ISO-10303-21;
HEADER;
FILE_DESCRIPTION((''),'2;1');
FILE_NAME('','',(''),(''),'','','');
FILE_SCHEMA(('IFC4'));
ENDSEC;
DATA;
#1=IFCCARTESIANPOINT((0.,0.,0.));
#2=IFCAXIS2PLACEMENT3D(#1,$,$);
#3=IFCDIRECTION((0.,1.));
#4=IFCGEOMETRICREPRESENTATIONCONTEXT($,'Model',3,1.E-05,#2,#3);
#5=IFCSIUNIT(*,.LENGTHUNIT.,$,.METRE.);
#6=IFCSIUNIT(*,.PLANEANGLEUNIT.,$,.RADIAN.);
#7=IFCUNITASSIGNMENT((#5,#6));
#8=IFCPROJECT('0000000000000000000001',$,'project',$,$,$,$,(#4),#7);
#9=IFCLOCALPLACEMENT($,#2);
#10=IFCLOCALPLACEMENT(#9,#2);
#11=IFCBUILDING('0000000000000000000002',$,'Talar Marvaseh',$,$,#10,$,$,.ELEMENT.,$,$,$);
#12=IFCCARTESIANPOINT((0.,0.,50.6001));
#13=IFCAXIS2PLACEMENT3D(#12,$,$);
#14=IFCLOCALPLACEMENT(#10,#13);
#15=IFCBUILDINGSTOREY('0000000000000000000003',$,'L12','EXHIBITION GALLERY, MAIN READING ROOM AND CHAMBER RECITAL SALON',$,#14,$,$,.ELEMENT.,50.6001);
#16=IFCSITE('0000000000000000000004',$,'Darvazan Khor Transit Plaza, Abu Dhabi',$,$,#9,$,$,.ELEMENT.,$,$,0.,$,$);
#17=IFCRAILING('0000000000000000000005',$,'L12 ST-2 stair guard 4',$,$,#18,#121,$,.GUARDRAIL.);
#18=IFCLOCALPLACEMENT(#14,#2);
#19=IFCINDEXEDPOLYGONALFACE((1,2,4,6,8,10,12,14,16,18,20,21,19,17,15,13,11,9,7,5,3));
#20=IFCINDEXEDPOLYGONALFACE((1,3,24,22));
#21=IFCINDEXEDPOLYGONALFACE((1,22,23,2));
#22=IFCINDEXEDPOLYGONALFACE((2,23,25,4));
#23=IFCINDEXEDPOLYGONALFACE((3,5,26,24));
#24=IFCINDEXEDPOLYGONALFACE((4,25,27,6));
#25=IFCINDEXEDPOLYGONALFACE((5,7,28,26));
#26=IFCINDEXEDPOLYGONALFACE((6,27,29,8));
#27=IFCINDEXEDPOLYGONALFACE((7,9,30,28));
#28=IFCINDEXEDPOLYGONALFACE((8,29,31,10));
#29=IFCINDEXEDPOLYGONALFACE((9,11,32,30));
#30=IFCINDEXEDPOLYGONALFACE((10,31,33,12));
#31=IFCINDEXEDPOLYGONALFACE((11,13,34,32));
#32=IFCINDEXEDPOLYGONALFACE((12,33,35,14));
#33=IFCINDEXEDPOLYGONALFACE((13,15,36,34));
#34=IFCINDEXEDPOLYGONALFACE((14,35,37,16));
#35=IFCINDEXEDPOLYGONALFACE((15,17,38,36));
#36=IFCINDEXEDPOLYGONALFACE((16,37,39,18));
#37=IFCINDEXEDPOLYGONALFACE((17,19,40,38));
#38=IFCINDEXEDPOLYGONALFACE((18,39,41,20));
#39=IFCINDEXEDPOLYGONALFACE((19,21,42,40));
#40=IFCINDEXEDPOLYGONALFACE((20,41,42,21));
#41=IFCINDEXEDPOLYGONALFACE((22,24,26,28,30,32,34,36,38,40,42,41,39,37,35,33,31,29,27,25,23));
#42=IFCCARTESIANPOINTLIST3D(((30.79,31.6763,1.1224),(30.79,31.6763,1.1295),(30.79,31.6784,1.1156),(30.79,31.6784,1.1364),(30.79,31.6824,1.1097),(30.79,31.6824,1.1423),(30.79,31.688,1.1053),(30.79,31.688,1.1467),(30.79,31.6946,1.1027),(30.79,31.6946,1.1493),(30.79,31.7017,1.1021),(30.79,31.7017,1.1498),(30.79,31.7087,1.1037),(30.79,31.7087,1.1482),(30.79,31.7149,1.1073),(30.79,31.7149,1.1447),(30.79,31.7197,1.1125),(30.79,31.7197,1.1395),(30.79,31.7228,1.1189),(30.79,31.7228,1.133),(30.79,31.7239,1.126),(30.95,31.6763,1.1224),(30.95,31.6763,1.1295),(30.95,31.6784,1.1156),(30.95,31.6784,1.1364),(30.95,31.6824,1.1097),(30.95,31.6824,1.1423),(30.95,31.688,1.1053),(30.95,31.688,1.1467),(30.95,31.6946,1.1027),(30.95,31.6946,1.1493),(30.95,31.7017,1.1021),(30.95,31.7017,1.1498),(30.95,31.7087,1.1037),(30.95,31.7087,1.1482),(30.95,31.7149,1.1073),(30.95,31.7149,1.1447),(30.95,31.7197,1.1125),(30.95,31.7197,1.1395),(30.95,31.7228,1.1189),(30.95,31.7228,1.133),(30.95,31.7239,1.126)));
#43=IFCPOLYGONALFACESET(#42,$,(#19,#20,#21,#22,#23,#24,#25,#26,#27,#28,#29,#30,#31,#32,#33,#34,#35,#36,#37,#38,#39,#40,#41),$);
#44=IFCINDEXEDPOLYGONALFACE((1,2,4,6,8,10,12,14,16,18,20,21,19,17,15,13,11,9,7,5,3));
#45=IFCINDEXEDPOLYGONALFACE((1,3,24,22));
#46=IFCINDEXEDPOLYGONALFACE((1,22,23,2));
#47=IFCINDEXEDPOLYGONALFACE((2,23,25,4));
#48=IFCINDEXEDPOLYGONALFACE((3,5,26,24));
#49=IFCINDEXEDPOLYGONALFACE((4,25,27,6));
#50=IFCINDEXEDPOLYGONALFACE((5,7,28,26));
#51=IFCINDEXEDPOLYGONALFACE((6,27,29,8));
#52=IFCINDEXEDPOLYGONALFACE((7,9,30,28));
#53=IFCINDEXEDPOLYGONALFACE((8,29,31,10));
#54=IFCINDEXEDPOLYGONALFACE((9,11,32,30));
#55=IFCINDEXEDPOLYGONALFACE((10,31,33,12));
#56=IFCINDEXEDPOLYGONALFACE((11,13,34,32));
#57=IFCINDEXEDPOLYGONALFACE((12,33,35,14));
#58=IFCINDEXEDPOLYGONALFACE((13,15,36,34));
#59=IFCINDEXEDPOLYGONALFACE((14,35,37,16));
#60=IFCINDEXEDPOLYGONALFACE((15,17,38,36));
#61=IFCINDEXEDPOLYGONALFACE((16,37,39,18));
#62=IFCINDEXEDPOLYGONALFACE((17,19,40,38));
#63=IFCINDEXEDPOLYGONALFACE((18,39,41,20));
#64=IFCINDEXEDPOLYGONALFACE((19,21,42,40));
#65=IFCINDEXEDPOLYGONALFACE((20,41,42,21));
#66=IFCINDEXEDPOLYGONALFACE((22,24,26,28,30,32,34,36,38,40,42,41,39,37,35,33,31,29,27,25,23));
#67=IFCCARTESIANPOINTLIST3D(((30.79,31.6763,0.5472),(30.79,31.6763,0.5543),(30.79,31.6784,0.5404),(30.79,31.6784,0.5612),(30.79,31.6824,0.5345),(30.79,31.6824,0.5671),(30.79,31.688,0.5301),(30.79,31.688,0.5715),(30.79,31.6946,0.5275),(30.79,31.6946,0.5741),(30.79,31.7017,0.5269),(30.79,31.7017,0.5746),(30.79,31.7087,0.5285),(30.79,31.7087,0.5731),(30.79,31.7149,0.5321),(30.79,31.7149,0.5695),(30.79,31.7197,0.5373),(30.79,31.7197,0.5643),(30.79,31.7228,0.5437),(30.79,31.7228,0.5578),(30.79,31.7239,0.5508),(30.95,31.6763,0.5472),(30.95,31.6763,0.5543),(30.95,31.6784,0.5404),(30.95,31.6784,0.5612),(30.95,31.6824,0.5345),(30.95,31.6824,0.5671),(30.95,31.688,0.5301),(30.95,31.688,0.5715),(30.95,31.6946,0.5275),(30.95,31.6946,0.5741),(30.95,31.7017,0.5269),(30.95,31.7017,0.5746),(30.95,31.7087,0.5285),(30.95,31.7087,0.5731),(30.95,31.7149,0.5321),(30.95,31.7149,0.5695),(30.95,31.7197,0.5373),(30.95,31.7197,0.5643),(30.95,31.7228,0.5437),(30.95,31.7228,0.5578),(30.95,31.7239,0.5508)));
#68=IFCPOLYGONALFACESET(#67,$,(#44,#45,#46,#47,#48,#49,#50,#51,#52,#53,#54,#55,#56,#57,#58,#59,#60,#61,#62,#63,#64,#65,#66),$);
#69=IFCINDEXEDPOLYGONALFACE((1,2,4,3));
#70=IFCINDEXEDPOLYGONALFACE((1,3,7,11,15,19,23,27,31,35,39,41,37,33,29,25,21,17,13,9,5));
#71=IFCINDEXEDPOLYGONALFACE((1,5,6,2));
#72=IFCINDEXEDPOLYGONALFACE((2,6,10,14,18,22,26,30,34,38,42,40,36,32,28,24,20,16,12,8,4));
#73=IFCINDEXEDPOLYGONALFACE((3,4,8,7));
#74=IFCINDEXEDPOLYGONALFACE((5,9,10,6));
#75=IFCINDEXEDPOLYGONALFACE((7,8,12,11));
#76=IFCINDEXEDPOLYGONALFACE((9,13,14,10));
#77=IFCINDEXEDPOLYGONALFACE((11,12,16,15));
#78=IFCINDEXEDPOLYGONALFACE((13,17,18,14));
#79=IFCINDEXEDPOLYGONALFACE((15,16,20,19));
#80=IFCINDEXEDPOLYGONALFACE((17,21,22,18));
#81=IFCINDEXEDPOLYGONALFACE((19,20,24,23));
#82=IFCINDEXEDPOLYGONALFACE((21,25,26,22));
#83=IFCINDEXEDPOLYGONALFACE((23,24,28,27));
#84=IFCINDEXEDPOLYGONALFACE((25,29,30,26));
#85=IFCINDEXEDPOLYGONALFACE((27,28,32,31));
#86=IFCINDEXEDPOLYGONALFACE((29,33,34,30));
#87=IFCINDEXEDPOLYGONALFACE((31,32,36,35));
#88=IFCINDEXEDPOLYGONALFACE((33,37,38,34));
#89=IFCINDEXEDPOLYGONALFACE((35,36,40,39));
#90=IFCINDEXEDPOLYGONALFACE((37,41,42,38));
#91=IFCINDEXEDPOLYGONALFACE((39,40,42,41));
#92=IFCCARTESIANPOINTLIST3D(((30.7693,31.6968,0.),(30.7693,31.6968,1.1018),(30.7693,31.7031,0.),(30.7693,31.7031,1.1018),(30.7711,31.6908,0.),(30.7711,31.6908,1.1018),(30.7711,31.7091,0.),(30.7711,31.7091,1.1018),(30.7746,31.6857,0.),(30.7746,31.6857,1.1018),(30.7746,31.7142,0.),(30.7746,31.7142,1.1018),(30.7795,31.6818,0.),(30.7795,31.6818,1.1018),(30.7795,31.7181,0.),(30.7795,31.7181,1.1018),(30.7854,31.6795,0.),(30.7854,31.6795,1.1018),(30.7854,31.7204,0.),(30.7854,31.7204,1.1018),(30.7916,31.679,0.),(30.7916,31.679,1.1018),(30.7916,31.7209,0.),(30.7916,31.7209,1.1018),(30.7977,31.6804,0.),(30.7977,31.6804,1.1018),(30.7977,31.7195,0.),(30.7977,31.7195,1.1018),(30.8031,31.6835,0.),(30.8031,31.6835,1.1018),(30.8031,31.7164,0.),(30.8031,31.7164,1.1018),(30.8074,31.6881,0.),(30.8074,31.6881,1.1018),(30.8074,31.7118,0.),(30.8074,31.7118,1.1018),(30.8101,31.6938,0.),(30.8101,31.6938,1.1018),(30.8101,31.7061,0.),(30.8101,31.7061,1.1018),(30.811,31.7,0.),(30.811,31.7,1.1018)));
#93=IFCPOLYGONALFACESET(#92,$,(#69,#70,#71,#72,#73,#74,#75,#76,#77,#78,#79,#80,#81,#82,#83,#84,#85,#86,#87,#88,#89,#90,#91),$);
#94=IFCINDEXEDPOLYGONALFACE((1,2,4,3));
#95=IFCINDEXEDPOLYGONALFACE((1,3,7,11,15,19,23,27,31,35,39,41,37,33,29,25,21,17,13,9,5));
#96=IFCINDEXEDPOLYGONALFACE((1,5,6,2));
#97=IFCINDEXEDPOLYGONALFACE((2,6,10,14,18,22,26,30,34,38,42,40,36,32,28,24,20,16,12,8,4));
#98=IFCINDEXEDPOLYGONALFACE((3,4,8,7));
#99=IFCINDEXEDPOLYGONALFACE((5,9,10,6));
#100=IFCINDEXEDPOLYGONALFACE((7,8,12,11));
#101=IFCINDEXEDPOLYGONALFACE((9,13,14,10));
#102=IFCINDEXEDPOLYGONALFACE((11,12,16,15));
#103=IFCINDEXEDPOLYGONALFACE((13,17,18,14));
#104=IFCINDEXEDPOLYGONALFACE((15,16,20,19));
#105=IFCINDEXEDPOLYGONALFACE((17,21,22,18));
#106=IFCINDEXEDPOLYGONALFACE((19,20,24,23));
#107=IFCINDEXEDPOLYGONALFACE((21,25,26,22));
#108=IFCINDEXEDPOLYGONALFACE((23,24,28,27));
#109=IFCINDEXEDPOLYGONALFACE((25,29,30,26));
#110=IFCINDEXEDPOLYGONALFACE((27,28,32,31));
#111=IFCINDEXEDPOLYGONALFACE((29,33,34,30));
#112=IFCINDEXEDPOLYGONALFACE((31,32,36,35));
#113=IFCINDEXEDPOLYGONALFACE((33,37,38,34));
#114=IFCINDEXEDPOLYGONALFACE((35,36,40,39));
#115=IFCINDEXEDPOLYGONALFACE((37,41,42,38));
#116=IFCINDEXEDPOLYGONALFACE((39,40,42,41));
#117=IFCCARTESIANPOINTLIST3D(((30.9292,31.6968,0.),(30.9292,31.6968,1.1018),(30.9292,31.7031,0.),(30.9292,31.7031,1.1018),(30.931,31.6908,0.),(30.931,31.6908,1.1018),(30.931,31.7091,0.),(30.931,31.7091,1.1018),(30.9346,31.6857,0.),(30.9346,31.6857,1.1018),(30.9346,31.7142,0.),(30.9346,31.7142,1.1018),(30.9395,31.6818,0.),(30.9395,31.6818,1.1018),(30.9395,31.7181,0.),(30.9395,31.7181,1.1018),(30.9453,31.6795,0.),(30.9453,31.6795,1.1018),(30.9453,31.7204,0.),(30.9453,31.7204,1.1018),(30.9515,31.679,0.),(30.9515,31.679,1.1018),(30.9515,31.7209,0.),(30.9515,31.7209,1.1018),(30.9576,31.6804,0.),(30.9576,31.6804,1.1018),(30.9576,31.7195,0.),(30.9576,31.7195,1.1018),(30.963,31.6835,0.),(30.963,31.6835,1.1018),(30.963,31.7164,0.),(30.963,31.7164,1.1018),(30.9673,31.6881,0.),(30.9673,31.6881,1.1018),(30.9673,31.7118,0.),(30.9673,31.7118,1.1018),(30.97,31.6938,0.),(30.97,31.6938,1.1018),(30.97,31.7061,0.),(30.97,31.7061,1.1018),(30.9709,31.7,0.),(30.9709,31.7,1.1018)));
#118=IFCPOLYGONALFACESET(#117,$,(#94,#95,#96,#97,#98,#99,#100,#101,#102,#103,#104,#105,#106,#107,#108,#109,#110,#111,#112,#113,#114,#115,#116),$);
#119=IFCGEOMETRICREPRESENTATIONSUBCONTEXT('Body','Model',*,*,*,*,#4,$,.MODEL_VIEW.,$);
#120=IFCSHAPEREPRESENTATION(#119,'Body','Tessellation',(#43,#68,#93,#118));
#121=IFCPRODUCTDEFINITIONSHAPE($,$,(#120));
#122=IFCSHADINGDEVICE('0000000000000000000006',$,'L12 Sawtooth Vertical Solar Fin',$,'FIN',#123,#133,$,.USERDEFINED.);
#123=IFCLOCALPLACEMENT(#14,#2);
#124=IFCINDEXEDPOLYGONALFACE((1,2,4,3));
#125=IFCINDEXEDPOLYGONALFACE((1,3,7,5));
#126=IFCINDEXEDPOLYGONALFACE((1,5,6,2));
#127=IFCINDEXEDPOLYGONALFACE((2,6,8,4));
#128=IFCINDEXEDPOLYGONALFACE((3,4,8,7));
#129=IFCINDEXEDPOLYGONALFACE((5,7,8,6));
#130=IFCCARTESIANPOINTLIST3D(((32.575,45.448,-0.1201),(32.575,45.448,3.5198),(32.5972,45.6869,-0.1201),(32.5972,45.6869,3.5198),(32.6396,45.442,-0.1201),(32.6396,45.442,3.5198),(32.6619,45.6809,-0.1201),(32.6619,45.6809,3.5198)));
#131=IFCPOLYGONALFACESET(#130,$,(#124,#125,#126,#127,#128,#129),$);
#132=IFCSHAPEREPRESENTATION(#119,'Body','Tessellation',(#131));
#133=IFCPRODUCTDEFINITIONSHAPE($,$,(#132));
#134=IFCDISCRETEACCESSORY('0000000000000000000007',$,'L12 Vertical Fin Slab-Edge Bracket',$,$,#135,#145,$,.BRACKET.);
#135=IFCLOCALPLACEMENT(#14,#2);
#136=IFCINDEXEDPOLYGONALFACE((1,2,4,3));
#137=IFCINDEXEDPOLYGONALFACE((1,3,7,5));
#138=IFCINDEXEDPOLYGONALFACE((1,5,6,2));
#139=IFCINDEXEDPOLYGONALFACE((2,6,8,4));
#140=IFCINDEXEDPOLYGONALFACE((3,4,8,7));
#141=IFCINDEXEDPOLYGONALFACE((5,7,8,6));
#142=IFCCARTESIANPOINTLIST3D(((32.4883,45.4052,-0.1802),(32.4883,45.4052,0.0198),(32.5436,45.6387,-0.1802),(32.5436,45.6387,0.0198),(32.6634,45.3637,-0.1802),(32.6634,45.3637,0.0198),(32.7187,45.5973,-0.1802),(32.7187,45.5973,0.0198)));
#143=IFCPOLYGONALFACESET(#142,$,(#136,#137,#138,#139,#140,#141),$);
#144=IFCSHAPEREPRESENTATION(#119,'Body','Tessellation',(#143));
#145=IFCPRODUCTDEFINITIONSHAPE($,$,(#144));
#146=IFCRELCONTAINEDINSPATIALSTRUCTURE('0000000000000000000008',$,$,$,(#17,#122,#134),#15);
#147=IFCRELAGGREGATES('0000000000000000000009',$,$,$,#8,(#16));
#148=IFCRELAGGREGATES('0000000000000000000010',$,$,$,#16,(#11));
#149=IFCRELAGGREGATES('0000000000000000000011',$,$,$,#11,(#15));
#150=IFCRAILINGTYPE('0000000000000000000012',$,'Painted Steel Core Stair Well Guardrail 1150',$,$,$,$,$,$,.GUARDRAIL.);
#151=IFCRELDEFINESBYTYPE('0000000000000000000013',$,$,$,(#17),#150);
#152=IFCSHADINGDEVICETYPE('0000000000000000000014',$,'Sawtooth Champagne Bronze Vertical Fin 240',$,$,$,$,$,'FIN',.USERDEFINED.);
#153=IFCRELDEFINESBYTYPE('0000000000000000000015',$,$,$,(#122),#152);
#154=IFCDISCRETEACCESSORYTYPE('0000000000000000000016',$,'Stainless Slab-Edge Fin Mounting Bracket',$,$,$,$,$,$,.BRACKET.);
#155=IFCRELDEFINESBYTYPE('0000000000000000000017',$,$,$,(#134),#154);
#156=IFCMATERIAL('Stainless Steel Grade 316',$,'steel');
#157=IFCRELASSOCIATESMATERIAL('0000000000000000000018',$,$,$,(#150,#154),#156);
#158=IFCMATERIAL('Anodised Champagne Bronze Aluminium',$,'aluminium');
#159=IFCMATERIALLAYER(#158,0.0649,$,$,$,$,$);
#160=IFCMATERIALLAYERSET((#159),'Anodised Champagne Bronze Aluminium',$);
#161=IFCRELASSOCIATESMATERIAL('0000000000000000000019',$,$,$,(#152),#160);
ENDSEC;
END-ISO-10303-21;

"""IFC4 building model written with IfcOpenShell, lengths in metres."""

from ifc_helpers import new_model, si_unit, direction, frame, origin, origin_2d, place, context, subcontext, project, spatial, rectangle, circle, extrude, source, transform, mapped, material, layer, layer_set, type_object, type_shapes, element, save


model = new_model("IFC4")

# Units and contexts
model_context = context("Model", 3, precision=1e-05, world=origin(), true_north=direction((0.0, 1.0)))
body_context = subcontext(model_context, "Body", "Model", "MODEL_VIEW")
ifc_project = project(units=[si_unit("LENGTHUNIT", "METRE"), si_unit("PLANEANGLEUNIT", "RADIAN")], contexts=[model_context])

# Site, building, storey
site_placement = place(None, origin())
site = spatial("IfcSite", under=ifc_project, at=site_placement, Name="Darvazan Khor Transit Plaza, Abu Dhabi", CompositionType="ELEMENT", RefElevation=0.0)
building_placement = place(site_placement, origin())
building = spatial("IfcBuilding", under=site, at=building_placement, Name="Talar Marvaseh", CompositionType="ELEMENT")
storey_placement = place(building_placement, frame((0.0, 0.0, 50.6001)))
storey = spatial("IfcBuildingStorey", under=building, at=storey_placement, Name="L12", Description="EXHIBITION GALLERY, MAIN READING ROOM AND CHAMBER RECITAL SALON", CompositionType="ELEMENT", Elevation=50.6001)

# Shared definitions
ifc_material_1 = material(Name="Stainless Steel Grade 316", Category="steel")

# Railing
railing_type_1 = type_object("IfcRailingType", Name="Painted Steel Core Stair Well Guardrail 1150", PredefinedType="GUARDRAIL", material=ifc_material_1)
railing_1_placement = place(storey_placement, frame((30.79, 31.7, 0.0)))
element("IfcRailing", 1, at=railing_1_placement, inside=storey, type_object=railing_type_1, Name="L12 ST-2 stair guard 4", PredefinedType="GUARDRAIL", context=body_context, shape_type="SweptSolid", body=[
    extrude(circle(Radius=0.0239, at=origin_2d()), frame((0.0, 0.0, 1.126), z_axis=(1.0, 0.0, 0.0), x_axis=(0.0, 1.0, 0.0)), (0.0, 0.0, 1.0), 0.1599),
    extrude(circle(Radius=0.0239, at=origin_2d()), frame((0.0, 0.0, 0.5508), z_axis=(1.0, 0.0, 0.0), x_axis=(0.0, 1.0, 0.0)), (0.0, 0.0, 1.0), 0.1599),
    extrude(circle(Radius=0.021, at=origin_2d()), origin(), (0.0, 0.0, 1.0), 1.1018),
    extrude(circle(Radius=0.021, at=origin_2d()), frame((0.1599, 0.0, 0.0)), (0.0, 0.0, 1.0), 1.1018),
])

# Shading device
ifc_material_2 = material(Name="Anodised Champagne Bronze Aluminium", Category="aluminium")
ifc_layer_1 = layer(ifc_material_2, 0.0649)
ifc_layer_set_1 = layer_set([ifc_layer_1], Name="Anodised Champagne Bronze Aluminium")
shading_device_type = type_object("IfcShadingDeviceType", Name="Sawtooth Champagne Bronze Vertical Fin 240", ElementType="FIN", PredefinedType="USERDEFINED", material=ifc_layer_set_1)
shared_shape_1 = source(origin(), body_context, "Body", "SweptSolid", [
    extrude(rectangle(XDim=0.24, YDim=0.0649, at=origin_2d()), origin(), (0.0, 0.0, 1.0), 3.6399),
])
type_shapes(shading_device_type, [shared_shape_1])
shading_device_placement = place(storey_placement, frame((32.6184, 45.5645, -0.1201), z_axis=(0.0, 0.0, 1.0), x_axis=(0.092718, 0.995692, 0.0)))
element("IfcShadingDevice", 2, at=shading_device_placement, inside=storey, type_object=shading_device_type, Name="L12 Sawtooth Vertical Solar Fin", ObjectType="FIN", PredefinedType="USERDEFINED", context=body_context, shape_type="MappedRepresentation", body=[
    mapped(shared_shape_1, transform((0.0, 0.0, 0.0), x_axis=(1.0, 0.0, 0.0), y_axis=(0.0, 1.0, 0.0), z_axis=(0.0, 0.0, 1.0), scale=1.0)),
])

# Discrete accessory
discrete_accessory_type = type_object("IfcDiscreteAccessoryType", Name="Stainless Slab-Edge Fin Mounting Bracket", PredefinedType="BRACKET", material=ifc_material_1)
shared_shape_2 = source(origin(), body_context, "Body", "SweptSolid", [
    extrude(rectangle(XDim=0.24, YDim=0.1799, at=origin_2d()), origin(), (0.0, 0.0, 1.0), 0.2),
])
type_shapes(discrete_accessory_type, [shared_shape_2])
discrete_accessory_placement = place(storey_placement, frame((32.6035, 45.5012, -0.1802), z_axis=(0.0, 0.0, 1.0), x_axis=(0.230389, 0.973099, 0.0)))
element("IfcDiscreteAccessory", 3, at=discrete_accessory_placement, inside=storey, type_object=discrete_accessory_type, Name="L12 Vertical Fin Slab-Edge Bracket", PredefinedType="BRACKET", context=body_context, shape_type="MappedRepresentation", body=[
    mapped(shared_shape_2, transform((0.0, 0.0, 0.0), x_axis=(1.0, 0.0, 0.0), y_axis=(0.0, 1.0, 0.0), z_axis=(0.0, 0.0, 1.0), scale=1.0)),
])

save(model, "model.ifc")
